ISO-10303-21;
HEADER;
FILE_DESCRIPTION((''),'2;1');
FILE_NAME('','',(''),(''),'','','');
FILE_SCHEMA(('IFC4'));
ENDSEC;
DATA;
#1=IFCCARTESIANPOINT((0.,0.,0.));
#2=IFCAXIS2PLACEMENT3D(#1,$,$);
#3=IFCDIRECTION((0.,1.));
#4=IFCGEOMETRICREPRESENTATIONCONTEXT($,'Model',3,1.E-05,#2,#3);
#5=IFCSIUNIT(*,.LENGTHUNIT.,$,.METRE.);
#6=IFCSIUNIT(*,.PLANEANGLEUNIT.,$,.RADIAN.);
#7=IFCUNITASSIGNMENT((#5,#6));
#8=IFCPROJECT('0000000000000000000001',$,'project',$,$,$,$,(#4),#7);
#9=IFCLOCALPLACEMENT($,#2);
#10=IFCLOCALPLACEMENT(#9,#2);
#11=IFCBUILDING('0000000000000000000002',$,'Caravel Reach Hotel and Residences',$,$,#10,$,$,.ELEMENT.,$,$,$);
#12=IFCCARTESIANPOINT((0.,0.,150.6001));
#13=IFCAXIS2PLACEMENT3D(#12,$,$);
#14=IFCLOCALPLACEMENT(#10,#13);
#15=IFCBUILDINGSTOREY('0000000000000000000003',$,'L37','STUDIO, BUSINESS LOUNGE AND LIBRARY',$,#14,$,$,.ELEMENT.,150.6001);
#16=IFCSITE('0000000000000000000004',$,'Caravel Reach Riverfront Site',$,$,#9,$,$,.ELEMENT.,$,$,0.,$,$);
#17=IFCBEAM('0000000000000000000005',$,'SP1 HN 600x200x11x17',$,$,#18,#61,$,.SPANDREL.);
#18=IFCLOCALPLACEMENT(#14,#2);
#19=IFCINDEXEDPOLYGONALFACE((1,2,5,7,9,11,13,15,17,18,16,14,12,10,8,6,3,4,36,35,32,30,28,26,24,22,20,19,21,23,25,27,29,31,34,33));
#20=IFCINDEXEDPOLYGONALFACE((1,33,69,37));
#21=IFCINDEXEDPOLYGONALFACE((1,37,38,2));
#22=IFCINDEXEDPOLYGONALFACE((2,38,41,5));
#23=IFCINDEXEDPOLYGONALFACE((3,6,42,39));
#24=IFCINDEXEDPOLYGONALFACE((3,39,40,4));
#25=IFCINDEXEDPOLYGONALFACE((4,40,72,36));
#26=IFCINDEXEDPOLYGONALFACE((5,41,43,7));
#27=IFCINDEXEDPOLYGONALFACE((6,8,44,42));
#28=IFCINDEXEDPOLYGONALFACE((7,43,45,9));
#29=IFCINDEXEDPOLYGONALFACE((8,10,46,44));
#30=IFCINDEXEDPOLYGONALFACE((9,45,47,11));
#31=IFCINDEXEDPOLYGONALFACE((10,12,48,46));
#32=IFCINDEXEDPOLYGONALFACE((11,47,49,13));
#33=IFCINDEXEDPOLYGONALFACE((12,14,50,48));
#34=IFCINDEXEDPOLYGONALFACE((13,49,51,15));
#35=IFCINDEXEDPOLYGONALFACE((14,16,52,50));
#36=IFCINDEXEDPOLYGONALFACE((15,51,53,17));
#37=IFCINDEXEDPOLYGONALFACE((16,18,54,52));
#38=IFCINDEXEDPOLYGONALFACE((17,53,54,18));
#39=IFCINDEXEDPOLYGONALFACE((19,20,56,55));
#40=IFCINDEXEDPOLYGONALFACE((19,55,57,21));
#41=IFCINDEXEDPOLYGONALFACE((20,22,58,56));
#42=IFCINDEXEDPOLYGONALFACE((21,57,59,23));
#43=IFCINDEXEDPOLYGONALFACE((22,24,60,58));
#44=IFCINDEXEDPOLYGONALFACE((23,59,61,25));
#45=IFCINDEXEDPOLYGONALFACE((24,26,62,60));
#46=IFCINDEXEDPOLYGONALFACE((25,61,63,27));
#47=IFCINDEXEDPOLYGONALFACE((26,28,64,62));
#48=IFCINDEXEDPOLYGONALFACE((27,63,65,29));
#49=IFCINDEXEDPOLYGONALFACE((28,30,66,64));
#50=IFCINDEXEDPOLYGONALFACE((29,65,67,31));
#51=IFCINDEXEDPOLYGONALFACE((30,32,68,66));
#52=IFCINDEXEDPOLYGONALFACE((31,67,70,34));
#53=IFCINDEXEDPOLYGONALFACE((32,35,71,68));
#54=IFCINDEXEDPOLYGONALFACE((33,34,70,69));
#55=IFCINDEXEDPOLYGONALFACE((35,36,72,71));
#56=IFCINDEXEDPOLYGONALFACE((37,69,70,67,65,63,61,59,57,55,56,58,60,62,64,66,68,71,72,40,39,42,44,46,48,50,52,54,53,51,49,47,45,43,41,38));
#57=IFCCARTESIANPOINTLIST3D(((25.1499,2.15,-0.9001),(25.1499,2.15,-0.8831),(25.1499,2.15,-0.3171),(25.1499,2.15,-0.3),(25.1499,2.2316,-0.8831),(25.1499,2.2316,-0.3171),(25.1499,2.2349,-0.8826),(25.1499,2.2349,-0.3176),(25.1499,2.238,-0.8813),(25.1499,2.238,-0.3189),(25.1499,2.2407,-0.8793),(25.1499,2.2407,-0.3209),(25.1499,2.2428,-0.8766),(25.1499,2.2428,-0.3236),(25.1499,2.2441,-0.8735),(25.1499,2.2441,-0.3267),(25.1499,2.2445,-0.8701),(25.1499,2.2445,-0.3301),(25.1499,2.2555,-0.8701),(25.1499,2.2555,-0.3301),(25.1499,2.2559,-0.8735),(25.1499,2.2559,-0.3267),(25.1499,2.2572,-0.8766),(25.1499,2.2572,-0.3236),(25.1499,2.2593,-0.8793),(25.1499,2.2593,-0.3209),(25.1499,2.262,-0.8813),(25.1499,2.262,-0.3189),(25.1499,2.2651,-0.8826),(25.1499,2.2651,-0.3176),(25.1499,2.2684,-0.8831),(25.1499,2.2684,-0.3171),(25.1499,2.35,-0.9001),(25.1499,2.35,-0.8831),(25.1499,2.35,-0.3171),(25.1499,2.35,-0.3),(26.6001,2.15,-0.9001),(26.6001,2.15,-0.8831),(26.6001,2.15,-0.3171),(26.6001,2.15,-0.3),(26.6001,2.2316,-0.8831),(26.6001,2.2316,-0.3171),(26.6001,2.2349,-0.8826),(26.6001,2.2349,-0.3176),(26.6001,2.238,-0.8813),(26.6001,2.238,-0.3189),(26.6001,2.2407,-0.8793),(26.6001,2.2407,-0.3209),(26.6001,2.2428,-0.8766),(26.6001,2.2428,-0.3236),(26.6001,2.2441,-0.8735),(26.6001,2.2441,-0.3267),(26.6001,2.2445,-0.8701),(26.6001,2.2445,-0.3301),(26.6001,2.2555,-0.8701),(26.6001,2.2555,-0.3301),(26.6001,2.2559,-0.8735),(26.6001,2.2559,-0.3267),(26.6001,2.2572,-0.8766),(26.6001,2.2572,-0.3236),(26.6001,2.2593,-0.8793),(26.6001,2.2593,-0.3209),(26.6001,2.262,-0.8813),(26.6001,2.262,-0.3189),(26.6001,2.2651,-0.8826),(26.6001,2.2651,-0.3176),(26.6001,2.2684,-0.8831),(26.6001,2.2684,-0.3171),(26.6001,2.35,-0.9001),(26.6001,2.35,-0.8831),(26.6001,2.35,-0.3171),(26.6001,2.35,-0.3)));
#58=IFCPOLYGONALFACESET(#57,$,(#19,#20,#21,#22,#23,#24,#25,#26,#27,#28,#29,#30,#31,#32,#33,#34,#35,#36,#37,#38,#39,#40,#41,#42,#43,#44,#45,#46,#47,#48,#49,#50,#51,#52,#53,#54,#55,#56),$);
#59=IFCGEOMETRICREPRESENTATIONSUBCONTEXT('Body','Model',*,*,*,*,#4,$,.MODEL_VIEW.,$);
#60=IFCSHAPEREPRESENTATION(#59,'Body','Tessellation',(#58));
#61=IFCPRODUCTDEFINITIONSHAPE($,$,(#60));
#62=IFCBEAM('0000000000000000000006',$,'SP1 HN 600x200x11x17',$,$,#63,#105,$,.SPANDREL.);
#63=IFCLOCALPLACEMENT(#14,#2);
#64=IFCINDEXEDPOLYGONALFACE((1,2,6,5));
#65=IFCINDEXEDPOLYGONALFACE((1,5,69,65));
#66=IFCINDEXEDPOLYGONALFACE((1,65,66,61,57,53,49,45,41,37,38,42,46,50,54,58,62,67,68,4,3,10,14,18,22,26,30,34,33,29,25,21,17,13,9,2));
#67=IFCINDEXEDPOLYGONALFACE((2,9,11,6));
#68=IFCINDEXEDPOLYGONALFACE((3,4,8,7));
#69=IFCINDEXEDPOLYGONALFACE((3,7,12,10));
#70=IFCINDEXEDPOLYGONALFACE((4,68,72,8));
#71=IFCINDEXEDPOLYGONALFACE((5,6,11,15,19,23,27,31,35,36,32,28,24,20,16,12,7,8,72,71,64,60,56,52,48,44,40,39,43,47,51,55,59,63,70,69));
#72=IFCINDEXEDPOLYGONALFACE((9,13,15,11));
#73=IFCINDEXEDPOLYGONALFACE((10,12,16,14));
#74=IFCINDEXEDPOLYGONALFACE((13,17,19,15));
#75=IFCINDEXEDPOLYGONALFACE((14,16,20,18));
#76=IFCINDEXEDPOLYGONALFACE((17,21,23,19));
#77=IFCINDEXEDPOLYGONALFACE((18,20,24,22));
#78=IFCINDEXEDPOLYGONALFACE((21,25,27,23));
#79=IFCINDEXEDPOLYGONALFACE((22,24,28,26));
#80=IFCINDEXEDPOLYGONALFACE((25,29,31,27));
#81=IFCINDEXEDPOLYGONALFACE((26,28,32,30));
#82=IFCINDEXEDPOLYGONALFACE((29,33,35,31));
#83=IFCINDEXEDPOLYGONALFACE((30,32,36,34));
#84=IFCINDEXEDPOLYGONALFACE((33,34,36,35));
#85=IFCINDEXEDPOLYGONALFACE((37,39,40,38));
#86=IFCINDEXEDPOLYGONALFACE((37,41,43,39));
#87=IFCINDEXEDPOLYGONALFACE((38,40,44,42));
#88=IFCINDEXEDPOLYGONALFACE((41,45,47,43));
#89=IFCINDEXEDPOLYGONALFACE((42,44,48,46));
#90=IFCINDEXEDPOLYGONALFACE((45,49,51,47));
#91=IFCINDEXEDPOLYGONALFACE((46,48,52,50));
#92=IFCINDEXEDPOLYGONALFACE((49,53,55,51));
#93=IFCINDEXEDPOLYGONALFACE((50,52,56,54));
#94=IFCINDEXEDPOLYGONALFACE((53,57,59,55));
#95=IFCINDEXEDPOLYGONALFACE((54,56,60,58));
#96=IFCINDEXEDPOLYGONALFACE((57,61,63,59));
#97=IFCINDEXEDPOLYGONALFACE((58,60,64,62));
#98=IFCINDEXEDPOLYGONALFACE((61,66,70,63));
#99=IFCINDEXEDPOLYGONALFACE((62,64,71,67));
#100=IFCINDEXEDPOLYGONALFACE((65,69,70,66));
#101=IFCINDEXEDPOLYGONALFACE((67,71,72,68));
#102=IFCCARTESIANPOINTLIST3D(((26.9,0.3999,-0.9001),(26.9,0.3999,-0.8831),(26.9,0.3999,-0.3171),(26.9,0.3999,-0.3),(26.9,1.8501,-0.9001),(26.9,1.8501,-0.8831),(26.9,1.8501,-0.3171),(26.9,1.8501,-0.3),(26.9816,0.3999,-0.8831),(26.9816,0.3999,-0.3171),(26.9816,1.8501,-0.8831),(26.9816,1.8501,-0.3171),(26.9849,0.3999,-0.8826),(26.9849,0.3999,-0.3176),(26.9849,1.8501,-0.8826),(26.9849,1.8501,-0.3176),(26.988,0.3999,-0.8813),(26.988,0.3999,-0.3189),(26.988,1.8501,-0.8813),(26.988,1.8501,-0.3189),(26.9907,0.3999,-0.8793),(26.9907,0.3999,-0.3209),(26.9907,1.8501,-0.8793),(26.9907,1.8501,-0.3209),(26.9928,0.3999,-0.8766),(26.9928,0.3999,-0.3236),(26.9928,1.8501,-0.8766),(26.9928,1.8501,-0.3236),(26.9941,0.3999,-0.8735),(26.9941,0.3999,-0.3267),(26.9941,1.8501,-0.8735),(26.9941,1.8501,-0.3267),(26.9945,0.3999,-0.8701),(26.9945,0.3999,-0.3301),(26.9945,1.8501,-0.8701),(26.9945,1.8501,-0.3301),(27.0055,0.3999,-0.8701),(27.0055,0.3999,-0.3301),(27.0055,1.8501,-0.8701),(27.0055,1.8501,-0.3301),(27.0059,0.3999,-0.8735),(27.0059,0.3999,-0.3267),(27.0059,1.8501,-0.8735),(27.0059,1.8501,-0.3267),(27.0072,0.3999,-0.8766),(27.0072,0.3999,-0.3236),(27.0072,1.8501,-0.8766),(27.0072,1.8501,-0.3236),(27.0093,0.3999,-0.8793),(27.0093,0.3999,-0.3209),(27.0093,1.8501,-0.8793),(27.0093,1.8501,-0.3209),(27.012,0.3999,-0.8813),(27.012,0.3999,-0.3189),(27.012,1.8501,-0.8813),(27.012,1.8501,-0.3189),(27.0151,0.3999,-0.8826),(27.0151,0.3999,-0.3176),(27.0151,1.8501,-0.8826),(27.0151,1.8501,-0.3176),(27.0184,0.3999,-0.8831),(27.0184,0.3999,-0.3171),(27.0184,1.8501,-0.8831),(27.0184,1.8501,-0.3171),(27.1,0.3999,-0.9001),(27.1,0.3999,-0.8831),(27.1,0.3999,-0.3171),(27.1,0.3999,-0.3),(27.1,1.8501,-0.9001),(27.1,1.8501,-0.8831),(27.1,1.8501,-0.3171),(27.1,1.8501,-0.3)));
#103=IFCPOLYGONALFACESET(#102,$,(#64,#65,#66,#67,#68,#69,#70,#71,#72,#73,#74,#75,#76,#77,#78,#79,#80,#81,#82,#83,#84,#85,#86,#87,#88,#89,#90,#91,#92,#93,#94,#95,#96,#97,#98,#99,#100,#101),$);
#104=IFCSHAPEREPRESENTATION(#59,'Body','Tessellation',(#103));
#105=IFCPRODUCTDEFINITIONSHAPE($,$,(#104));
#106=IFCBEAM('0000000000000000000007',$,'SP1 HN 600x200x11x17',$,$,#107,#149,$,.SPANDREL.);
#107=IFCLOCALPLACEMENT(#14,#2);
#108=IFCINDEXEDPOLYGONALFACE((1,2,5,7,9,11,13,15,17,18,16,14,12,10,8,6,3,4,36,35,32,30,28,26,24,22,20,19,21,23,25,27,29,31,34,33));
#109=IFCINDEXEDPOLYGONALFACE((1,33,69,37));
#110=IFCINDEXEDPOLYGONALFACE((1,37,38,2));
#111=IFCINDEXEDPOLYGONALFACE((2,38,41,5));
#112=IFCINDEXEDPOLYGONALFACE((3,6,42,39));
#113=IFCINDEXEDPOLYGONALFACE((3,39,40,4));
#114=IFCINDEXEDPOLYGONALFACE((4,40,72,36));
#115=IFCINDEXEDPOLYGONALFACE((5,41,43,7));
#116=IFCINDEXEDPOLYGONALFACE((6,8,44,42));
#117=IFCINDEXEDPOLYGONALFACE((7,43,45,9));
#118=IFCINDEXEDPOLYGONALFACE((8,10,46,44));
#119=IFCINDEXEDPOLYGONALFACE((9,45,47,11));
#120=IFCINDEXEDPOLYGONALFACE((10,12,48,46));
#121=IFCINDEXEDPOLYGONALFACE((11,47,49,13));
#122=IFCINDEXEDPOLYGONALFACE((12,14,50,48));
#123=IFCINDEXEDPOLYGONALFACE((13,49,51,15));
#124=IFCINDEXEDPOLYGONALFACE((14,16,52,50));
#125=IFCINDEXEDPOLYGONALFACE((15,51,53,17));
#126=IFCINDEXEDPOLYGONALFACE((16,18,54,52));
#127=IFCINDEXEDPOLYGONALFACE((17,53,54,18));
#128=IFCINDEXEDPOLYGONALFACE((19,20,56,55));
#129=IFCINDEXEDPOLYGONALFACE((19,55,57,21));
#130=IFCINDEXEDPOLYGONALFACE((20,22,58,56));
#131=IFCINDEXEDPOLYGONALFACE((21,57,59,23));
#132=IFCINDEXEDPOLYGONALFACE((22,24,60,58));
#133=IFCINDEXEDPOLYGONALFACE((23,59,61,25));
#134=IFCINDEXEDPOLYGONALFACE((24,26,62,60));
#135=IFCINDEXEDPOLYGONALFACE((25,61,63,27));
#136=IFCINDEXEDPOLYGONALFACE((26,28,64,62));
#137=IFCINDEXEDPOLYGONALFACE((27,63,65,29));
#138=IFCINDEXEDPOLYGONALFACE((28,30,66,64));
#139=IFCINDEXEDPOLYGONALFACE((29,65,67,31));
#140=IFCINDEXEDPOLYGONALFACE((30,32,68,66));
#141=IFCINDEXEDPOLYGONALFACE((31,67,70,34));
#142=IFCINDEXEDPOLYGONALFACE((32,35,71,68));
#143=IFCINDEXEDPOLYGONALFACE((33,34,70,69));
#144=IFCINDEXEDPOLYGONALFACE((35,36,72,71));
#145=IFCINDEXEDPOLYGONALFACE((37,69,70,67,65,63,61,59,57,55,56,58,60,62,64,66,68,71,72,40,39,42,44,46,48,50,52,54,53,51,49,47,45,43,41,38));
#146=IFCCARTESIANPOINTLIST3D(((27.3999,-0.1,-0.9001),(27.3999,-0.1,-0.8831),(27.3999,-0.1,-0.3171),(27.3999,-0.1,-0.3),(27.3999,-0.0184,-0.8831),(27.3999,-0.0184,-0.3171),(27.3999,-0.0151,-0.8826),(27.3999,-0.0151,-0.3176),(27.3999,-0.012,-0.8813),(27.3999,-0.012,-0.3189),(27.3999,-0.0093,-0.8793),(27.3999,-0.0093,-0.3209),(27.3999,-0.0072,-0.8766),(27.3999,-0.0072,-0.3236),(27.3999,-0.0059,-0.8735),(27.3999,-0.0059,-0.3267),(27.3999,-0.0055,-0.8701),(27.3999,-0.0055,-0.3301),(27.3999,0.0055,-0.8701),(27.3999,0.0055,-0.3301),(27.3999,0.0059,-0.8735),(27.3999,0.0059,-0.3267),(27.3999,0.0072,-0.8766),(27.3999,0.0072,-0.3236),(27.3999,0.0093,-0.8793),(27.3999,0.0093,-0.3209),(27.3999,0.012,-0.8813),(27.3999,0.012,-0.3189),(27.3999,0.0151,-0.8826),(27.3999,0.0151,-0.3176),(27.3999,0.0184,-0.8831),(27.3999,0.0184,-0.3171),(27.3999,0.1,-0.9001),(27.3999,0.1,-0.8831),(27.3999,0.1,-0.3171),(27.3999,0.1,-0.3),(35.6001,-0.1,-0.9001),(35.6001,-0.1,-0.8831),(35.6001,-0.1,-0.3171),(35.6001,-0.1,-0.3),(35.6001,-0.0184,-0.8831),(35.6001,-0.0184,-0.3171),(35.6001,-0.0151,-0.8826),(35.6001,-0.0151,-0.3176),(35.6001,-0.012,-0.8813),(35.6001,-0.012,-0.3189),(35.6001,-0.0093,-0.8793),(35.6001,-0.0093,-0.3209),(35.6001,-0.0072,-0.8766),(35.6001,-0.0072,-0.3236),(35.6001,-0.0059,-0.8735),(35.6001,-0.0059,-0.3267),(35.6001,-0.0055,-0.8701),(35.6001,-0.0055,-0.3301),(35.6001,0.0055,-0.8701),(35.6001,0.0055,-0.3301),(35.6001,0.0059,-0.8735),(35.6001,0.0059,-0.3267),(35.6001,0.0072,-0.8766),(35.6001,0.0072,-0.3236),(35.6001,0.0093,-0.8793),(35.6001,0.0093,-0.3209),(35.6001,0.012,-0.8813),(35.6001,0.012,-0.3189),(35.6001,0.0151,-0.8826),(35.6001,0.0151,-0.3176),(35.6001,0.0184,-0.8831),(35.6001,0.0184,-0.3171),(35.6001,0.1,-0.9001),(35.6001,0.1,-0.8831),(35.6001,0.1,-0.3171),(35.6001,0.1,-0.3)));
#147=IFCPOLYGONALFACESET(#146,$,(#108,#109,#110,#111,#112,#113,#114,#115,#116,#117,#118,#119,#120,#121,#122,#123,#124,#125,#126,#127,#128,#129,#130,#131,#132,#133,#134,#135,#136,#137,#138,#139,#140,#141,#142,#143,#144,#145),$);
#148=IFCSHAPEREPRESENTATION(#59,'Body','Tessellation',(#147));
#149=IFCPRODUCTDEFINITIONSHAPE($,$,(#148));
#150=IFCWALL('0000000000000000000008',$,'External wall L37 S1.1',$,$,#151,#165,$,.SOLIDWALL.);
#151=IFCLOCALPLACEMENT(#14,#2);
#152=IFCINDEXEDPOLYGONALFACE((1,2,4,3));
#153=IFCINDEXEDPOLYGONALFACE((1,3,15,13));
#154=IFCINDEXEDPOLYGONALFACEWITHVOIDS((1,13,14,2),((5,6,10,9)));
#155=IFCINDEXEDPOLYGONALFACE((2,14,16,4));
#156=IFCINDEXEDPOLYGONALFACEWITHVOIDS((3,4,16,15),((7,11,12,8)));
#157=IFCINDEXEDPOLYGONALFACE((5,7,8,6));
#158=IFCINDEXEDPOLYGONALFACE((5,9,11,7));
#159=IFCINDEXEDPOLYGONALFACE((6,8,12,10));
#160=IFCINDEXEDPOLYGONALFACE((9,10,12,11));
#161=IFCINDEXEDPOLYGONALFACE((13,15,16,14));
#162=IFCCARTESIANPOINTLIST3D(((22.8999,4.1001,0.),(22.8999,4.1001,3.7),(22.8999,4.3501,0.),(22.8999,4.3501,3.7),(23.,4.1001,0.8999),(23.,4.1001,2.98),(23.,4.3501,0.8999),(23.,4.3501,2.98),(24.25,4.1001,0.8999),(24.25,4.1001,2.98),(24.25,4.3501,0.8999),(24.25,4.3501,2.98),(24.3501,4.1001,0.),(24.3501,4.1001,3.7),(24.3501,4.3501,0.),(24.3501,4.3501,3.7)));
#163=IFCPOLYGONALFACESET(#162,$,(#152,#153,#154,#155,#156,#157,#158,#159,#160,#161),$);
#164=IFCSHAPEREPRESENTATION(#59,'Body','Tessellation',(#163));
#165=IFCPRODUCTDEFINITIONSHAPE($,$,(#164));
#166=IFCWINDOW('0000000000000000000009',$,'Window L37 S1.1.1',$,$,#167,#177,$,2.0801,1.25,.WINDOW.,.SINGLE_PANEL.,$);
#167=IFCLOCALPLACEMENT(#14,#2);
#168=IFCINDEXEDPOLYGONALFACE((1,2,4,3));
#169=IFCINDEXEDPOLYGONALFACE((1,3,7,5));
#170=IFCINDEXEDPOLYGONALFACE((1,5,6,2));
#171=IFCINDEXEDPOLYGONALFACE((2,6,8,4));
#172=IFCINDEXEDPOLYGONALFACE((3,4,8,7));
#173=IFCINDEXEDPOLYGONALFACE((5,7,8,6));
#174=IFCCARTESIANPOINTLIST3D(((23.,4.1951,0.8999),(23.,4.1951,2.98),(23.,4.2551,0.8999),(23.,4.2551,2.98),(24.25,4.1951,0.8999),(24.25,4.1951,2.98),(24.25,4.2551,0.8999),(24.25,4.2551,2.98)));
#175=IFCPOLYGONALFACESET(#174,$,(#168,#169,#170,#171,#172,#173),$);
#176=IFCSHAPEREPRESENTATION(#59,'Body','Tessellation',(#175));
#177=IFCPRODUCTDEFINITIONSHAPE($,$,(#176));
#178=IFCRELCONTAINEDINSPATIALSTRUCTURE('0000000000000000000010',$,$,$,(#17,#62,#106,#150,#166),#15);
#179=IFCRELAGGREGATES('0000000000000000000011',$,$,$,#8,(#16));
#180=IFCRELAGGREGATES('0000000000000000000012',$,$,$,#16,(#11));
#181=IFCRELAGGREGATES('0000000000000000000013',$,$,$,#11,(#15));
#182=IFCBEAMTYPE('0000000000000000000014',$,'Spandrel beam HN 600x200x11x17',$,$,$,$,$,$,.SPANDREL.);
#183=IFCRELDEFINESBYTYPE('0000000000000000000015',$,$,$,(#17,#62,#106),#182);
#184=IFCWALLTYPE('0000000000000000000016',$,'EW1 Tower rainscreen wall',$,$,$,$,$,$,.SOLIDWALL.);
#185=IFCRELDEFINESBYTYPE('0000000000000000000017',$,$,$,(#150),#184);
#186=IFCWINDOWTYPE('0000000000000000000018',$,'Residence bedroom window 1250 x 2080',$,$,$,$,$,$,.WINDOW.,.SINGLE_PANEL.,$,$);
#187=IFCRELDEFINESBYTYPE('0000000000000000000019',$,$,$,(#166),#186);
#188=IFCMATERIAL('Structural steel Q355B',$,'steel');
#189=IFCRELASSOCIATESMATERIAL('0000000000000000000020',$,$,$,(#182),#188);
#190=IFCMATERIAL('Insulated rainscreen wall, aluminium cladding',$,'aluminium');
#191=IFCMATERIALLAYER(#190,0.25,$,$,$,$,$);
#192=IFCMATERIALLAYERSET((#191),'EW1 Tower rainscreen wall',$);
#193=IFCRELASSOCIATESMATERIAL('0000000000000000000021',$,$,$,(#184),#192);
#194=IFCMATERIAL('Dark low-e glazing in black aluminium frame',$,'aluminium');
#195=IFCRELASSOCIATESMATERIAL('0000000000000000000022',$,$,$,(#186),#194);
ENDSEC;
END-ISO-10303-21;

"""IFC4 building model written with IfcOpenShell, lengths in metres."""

from ifc_helpers import new_model, si_unit, direction, frame, frame_2d, origin, origin_2d, place, context, subcontext, project, spatial, rectangle, i_section, extrude, material, layer, layer_set, material_profile, profile_set, type_object, element, fill, save


model = new_model("IFC4")

# Units and contexts
model_context = context("Model", 3, precision=1e-05, world=origin(), true_north=direction((0.0, 1.0)))
body_context = subcontext(model_context, "Body", "Model", "MODEL_VIEW")
ifc_project = project(units=[si_unit("LENGTHUNIT", "METRE"), si_unit("PLANEANGLEUNIT", "RADIAN")], contexts=[model_context])

# Site, building, storey
site_placement = place(None, origin())
site = spatial("IfcSite", under=ifc_project, at=site_placement, Name="Caravel Reach Riverfront Site", CompositionType="ELEMENT", RefElevation=0.0)
building_placement = place(site_placement, origin())
building = spatial("IfcBuilding", under=site, at=building_placement, Name="Caravel Reach Hotel and Residences", CompositionType="ELEMENT")
storey_placement = place(building_placement, frame((0.0, 0.0, 150.6001)))
storey = spatial("IfcBuildingStorey", under=building, at=storey_placement, Name="L37", Description="STUDIO, BUSINESS LOUNGE AND LIBRARY", CompositionType="ELEMENT", Elevation=150.6001)

# Beams
ifc_material_1 = material(Name="Structural steel Q355B", Category="steel")
ifc_material_profile_1 = material_profile(ifc_material_1, i_section(OverallWidth=0.2, OverallDepth=0.6001, WebThickness=0.011, FlangeThickness=0.0171, FilletRadius=0.0129, at=origin_2d()), Name="HN 600x200x11x17")
ifc_profile_set_1 = profile_set([ifc_material_profile_1], Name="Structural steel Q355B")
beam_type = type_object("IfcBeamType", Name="Spandrel beam HN 600x200x11x17", PredefinedType="SPANDREL", material=ifc_profile_set_1)
for number, where, z_axis, x_axis, name in (
    (1, (25.1499, 2.25, -0.6001), (1.0, 0.0, 0.0), (0.0, 1.0, 0.0), "SP1 HN 600x200x11x17"),
    (2, (27.0, 1.8501, -0.6001), (0.0, -1.0, 0.0), (1.0, 0.0, 0.0), "SP1 HN 600x200x11x17"),
):
    element("IfcBeam", number, at=place(storey_placement, frame(where, z_axis=z_axis, x_axis=x_axis)), inside=storey, type_object=beam_type, Name=name, PredefinedType="SPANDREL", context=body_context, shape_type="SweptSolid", body=[
        extrude(i_section(OverallWidth=0.2, OverallDepth=0.6001, WebThickness=0.011, FlangeThickness=0.0171, FilletRadius=0.0129, at=origin_2d()), origin(), (0.0, 0.0, 1.0), 1.4502),
    ])
beam_placement = place(storey_placement, frame((27.3999, 0.0, -0.6001), z_axis=(1.0, 0.0, 0.0), x_axis=(0.0, 1.0, 0.0)))
element("IfcBeam", 3, at=beam_placement, inside=storey, type_object=beam_type, Name="SP1 HN 600x200x11x17", PredefinedType="SPANDREL", context=body_context, shape_type="SweptSolid", body=[
    extrude(i_section(OverallWidth=0.2, OverallDepth=0.6001, WebThickness=0.011, FlangeThickness=0.0171, FilletRadius=0.0129, at=origin_2d()), origin(), (0.0, 0.0, 1.0), 8.2002),
])

# Wall, opening, window
ifc_material_2 = material(Name="Insulated rainscreen wall, aluminium cladding", Category="aluminium")
ifc_layer_1 = layer(ifc_material_2, 0.25)
ifc_layer_set_1 = layer_set([ifc_layer_1], Name="EW1 Tower rainscreen wall")
wall_type_1 = type_object("IfcWallType", Name="EW1 Tower rainscreen wall", PredefinedType="SOLIDWALL", material=ifc_layer_set_1)
wall_1_placement = place(storey_placement, frame((22.8999, 4.2251, 0.0), z_axis=(0.0, 0.0, 1.0), x_axis=(1.0, 0.0, 0.0)))
wall_1 = element("IfcWall", 4, at=wall_1_placement, inside=storey, type_object=wall_type_1, Name="External wall L37 S1.1", PredefinedType="SOLIDWALL", context=body_context, shape_type="SweptSolid", body=[
    extrude(rectangle(XDim=1.4502, YDim=0.25, at=frame_2d((0.7251, 0.0))), origin(), (0.0, 0.0, 1.0), 3.7),
])
opening_1_placement = place(wall_1_placement, frame((0.1001, 0.0, 0.8999)))
opening_1 = element("IfcOpeningElement", 5, at=opening_1_placement, cuts=wall_1, PredefinedType="OPENING", context=body_context, shape_type="SweptSolid", body=[
    extrude(rectangle(XDim=1.25, YDim=2.0801, at=frame_2d((0.625, 1.04))), frame((0.0, 0.135, 0.0), z_axis=(0.0, -1.0, 0.0), x_axis=(1.0, 0.0, 0.0)), (0.0, 0.0, 1.0), 0.27),
])
ifc_material_3 = material(Name="Dark low-e glazing in black aluminium frame", Category="aluminium")
window_type_1 = type_object("IfcWindowType", Name="Residence bedroom window 1250 x 2080", PartitioningType="SINGLE_PANEL", PredefinedType="WINDOW", material=ifc_material_3)
window_1_placement = place(opening_1_placement, origin())
window_1 = element("IfcWindow", 6, at=window_1_placement, inside=storey, type_object=window_type_1, Name="Window L37 S1.1.1", OverallHeight=2.0801, OverallWidth=1.25, PartitioningType="SINGLE_PANEL", PredefinedType="WINDOW", context=body_context, shape_type="SweptSolid", body=[
    extrude(rectangle(XDim=1.25, YDim=2.0801, at=frame_2d((0.625, 1.04))), frame((0.0, 0.03, 0.0), z_axis=(0.0, -1.0, 0.0), x_axis=(1.0, 0.0, 0.0)), (0.0, 0.0, 1.0), 0.0601),
])
fill(opening_1, window_1)

save(model, "model.ifc")
